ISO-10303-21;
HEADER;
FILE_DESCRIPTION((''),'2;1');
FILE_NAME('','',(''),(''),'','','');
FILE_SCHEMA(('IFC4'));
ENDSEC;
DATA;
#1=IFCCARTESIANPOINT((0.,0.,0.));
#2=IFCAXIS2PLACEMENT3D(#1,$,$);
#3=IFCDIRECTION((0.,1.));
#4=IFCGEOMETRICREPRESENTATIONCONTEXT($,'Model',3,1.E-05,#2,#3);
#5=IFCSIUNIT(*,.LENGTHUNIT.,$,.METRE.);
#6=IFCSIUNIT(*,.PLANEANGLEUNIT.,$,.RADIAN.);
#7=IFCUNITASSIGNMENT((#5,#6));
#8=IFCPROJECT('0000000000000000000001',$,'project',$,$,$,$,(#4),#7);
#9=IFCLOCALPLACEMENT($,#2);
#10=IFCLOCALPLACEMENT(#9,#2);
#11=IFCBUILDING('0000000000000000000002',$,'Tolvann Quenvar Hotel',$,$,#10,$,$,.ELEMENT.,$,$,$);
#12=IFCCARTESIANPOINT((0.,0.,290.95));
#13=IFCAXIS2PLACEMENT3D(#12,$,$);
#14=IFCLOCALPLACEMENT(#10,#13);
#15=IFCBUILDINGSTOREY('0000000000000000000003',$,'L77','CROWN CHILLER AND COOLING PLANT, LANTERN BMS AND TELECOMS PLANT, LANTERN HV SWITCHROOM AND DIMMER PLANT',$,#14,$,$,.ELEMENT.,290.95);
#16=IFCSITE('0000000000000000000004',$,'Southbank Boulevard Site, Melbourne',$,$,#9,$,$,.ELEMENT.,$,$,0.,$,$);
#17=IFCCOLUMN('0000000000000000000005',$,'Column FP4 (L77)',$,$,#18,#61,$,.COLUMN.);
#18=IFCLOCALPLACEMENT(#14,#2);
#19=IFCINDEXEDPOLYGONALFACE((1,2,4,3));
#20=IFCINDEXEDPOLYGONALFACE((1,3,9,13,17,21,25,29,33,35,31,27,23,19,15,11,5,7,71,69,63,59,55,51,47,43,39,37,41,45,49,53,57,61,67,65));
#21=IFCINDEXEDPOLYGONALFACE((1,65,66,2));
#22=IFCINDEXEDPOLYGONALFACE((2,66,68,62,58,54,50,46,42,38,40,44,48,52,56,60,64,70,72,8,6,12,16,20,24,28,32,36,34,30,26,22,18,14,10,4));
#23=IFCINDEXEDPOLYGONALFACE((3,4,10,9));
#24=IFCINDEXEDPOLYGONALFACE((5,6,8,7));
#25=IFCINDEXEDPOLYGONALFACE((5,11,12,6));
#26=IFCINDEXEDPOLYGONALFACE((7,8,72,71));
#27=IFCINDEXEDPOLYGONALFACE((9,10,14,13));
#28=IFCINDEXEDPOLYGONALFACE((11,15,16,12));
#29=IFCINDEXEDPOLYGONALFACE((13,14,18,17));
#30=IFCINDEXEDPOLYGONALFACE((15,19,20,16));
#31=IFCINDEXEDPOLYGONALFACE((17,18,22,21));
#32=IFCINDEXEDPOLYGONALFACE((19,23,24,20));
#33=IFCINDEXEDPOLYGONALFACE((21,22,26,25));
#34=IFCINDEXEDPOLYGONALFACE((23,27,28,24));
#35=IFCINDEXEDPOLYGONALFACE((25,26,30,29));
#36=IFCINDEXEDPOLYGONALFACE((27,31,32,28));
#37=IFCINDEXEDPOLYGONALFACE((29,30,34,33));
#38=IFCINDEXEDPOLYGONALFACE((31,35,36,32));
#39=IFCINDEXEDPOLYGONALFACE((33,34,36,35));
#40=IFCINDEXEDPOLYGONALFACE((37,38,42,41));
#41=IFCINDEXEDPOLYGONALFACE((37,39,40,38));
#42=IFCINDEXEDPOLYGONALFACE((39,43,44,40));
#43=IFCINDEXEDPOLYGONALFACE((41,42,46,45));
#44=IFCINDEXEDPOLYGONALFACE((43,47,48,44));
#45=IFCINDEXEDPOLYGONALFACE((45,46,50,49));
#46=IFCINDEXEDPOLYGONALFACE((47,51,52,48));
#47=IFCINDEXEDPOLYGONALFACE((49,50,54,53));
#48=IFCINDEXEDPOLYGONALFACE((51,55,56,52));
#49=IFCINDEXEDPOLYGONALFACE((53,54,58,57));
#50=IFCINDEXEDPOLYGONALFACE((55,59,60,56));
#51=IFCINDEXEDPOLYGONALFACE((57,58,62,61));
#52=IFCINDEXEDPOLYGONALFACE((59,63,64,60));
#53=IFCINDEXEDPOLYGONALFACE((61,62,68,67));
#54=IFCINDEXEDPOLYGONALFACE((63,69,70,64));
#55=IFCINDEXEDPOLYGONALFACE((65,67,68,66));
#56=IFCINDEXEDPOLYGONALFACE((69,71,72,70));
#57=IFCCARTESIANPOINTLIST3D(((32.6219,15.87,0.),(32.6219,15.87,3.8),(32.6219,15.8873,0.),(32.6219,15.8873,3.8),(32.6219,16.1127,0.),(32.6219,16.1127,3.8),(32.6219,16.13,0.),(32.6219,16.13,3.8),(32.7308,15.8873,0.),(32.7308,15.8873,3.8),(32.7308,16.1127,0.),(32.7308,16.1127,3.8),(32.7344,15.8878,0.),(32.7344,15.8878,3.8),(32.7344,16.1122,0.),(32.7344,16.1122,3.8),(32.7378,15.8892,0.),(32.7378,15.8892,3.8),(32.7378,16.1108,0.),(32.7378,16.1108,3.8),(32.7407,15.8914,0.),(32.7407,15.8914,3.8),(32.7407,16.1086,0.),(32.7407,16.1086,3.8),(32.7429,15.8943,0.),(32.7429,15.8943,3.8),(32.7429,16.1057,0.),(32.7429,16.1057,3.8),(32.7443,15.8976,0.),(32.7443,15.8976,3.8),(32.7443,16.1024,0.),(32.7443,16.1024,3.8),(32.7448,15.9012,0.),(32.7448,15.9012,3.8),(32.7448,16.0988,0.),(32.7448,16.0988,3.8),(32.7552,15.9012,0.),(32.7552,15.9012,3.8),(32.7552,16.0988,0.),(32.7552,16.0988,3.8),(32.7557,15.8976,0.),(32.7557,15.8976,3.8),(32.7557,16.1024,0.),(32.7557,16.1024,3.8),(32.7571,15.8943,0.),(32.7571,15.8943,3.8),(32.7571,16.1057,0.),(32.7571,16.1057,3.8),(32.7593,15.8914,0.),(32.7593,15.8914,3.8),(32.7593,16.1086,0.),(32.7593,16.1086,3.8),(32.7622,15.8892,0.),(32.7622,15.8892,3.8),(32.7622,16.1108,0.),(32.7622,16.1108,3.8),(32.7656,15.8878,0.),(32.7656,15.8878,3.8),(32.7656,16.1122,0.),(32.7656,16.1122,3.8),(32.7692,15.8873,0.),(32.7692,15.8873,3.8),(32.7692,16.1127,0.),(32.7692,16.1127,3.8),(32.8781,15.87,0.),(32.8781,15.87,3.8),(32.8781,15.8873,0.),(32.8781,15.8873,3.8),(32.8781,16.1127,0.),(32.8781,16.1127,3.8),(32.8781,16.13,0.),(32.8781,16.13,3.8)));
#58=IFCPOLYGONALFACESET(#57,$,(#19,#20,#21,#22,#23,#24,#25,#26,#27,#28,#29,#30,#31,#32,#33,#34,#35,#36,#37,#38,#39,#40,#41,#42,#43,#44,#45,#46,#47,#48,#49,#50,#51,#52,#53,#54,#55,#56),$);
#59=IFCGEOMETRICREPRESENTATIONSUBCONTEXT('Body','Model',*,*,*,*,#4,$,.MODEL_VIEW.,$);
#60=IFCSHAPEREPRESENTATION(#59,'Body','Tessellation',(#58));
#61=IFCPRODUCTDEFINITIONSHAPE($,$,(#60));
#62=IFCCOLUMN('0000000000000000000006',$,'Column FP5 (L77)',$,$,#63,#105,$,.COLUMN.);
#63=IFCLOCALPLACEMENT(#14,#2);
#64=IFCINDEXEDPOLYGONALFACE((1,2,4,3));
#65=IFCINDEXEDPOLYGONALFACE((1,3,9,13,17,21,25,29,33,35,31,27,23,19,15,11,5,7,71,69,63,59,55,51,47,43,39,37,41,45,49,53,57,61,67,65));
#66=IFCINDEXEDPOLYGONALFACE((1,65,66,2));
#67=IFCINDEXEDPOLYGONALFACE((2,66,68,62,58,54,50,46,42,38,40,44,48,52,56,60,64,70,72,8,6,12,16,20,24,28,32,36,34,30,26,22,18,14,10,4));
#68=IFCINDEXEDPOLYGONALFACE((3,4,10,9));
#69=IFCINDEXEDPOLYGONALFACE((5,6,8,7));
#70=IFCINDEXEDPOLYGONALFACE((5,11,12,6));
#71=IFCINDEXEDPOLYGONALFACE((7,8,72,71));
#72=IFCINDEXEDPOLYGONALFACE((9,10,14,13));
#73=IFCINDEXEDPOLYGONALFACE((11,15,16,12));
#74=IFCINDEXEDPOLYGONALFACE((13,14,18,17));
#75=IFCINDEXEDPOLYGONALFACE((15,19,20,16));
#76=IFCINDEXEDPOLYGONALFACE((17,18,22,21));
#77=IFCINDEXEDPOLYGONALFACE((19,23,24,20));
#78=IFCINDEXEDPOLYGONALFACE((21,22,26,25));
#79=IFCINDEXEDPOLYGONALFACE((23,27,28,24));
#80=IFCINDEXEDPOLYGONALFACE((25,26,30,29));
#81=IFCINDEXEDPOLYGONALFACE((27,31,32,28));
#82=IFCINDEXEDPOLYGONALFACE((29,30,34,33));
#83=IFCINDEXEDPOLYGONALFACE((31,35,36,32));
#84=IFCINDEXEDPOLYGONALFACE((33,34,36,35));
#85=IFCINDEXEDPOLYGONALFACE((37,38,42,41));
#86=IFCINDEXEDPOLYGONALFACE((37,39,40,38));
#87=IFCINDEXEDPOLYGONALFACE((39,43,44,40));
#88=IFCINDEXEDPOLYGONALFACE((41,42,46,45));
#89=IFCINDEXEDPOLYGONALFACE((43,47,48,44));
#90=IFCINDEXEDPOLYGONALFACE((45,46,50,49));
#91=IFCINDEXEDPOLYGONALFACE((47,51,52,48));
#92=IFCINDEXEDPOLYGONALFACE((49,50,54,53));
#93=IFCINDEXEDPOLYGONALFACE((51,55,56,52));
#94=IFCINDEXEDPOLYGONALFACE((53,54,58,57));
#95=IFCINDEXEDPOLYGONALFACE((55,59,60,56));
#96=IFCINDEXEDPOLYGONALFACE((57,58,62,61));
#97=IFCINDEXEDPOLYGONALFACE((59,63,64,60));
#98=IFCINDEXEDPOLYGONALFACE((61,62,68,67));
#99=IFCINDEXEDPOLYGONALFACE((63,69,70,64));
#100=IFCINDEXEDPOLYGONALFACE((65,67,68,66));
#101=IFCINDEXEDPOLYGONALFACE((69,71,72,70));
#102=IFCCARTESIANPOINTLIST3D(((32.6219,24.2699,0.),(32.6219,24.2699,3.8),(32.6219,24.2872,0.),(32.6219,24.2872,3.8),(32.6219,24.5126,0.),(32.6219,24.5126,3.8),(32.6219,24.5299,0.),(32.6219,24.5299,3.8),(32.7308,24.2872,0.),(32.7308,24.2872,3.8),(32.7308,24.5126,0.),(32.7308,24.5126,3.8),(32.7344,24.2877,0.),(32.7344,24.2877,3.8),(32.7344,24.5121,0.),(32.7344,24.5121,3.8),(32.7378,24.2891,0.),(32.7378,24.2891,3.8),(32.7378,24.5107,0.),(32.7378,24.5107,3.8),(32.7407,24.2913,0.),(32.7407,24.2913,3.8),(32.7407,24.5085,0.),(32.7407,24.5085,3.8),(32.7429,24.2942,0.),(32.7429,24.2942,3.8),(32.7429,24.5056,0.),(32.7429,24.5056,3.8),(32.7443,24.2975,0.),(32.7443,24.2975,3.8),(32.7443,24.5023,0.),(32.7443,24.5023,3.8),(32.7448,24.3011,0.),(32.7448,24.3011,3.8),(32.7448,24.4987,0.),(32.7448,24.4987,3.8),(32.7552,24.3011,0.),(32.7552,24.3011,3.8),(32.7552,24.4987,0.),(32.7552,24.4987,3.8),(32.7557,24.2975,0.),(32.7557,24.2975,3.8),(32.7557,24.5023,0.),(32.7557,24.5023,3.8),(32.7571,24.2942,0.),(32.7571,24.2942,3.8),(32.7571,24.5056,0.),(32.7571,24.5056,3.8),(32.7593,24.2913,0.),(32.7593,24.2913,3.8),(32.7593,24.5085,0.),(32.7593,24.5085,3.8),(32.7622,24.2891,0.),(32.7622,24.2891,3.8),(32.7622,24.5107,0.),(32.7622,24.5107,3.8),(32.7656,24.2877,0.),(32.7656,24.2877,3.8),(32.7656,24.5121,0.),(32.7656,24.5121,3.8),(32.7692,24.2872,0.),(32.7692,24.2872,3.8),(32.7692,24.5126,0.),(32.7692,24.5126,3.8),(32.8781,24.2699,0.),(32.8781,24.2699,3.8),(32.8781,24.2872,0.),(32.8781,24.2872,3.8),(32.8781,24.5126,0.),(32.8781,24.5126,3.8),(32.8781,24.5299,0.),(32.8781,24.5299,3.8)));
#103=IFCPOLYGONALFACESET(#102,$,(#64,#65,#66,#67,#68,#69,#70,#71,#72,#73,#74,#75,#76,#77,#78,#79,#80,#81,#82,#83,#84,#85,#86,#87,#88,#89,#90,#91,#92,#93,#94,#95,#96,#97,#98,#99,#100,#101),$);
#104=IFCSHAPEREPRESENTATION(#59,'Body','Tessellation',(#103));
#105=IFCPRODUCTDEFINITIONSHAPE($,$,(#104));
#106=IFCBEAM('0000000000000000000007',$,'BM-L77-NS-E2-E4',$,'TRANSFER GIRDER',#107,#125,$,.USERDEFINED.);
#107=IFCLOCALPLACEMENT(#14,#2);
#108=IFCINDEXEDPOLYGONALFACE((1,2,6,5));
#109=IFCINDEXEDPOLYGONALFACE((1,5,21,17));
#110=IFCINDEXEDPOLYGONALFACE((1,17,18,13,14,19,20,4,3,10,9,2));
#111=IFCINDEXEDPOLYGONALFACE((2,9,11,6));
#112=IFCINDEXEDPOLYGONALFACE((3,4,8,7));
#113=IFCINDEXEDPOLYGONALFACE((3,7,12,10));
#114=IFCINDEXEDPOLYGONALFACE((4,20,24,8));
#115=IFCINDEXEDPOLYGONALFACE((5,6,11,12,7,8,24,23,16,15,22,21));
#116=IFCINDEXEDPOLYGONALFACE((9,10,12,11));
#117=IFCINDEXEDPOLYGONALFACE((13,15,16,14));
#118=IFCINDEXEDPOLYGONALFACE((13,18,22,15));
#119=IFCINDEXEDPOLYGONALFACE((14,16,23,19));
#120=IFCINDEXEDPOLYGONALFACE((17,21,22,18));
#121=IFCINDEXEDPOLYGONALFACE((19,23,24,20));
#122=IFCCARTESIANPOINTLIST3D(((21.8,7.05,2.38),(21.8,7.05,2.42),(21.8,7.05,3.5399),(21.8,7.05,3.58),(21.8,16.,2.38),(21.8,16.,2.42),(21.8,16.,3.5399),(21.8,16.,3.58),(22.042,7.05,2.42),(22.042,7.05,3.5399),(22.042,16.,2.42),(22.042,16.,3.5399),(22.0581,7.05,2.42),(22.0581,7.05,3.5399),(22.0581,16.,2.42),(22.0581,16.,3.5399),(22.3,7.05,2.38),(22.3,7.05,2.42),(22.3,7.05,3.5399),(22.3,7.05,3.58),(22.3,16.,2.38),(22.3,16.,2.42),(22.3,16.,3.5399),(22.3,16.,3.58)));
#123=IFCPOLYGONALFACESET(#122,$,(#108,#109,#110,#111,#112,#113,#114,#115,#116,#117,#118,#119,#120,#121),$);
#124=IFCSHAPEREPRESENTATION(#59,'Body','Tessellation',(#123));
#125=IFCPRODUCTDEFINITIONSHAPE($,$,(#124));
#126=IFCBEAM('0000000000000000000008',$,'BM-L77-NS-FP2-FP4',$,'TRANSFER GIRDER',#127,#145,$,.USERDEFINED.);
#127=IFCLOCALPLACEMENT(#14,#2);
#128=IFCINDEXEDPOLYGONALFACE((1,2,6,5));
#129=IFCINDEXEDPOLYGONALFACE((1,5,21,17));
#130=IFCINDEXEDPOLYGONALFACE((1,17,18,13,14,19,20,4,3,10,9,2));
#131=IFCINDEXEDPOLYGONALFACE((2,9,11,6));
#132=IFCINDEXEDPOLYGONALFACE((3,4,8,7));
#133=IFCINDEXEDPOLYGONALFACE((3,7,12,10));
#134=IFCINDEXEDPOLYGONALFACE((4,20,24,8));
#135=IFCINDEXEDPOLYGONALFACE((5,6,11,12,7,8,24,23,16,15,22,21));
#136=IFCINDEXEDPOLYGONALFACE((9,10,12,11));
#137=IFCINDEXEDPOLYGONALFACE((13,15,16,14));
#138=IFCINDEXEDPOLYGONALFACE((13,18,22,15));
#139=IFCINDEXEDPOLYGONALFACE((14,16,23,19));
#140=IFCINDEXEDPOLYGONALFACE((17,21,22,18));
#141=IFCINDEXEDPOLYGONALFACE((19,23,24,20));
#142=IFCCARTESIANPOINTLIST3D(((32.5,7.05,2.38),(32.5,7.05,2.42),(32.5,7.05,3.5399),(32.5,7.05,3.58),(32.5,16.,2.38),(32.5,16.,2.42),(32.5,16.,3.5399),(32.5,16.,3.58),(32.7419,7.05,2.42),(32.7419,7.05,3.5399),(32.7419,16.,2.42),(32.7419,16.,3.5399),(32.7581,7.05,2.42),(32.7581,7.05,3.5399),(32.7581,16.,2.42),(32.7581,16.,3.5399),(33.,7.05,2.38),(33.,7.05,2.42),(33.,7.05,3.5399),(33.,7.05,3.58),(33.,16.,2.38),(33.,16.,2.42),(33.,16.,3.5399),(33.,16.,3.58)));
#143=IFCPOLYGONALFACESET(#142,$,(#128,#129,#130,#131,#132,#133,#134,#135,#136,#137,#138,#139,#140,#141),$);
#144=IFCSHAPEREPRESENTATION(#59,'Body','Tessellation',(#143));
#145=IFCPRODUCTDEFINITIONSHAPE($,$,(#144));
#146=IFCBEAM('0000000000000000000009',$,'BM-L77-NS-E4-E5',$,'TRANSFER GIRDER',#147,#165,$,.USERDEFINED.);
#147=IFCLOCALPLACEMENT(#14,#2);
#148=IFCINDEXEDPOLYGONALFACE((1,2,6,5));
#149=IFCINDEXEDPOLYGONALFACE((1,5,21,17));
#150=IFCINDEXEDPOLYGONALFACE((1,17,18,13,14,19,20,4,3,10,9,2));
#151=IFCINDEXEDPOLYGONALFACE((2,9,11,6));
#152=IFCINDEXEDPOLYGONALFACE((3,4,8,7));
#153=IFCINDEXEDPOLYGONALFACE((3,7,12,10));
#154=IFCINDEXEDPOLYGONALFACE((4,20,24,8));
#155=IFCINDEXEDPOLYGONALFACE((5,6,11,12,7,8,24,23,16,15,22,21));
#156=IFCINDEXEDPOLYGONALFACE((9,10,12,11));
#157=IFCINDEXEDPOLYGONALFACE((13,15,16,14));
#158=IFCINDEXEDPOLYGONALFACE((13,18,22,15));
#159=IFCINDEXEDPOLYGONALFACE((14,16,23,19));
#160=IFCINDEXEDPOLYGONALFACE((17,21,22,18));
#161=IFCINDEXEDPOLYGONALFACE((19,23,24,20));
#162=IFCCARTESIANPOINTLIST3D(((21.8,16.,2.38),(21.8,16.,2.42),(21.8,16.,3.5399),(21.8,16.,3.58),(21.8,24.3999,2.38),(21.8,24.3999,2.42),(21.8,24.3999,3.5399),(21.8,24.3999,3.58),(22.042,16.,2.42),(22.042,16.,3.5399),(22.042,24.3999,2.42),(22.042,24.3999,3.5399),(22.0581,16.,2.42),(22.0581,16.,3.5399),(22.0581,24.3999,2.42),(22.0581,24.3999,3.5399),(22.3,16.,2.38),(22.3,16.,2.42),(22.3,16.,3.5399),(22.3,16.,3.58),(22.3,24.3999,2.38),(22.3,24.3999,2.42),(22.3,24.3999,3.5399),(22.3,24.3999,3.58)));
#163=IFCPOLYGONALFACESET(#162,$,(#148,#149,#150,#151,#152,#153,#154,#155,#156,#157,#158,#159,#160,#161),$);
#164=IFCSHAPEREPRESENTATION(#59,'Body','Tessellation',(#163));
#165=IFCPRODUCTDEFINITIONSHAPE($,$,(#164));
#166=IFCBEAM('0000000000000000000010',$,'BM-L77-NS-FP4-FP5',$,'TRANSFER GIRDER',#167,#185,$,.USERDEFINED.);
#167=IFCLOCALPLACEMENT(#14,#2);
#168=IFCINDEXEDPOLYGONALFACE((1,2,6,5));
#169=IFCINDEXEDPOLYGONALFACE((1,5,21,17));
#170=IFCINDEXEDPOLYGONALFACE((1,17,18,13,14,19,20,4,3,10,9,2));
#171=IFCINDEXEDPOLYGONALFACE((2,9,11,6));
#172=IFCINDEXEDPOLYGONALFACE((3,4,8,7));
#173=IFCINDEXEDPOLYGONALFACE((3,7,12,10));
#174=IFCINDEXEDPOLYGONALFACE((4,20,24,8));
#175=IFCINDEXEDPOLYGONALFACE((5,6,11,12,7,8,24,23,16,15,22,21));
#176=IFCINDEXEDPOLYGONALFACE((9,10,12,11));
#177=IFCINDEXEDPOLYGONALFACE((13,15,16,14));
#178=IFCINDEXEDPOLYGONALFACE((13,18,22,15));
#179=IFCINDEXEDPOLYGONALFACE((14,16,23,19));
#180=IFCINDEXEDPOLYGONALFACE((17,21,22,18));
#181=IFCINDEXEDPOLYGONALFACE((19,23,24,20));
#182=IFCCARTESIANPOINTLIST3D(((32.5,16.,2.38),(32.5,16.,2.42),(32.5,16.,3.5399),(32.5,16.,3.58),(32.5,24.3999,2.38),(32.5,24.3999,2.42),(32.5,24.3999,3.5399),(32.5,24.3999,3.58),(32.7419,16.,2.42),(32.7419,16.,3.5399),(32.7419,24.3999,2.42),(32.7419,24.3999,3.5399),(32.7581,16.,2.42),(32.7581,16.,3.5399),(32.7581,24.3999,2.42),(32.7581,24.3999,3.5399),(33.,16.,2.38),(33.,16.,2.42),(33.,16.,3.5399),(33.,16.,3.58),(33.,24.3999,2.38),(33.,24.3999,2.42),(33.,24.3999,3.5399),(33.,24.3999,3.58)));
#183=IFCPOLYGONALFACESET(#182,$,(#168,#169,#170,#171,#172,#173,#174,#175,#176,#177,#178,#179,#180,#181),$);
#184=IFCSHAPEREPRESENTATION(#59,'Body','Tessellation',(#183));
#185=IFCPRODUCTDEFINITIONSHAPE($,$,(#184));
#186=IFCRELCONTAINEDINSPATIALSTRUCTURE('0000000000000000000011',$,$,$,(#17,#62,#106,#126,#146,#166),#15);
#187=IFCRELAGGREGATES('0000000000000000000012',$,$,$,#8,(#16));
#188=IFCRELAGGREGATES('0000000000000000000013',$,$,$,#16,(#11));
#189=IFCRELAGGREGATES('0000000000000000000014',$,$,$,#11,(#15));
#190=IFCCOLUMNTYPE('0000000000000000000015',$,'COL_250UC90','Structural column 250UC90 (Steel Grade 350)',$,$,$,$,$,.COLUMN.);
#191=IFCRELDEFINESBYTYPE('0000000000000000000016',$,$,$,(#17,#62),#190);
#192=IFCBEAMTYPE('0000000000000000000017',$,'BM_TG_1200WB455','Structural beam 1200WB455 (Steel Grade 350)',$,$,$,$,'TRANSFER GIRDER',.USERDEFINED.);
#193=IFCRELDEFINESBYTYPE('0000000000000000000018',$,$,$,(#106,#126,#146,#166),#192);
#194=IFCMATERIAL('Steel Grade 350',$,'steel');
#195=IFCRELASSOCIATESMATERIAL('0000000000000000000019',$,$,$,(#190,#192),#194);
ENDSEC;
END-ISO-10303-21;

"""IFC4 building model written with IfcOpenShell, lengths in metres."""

from ifc_helpers import new_model, si_unit, direction, frame, origin, origin_2d, place, context, subcontext, project, spatial, i_section, extrude, source, transform, mapped, material, material_profile, profile_set, type_object, type_shapes, element, save


model = new_model("IFC4")

# Units and contexts
model_context = context("Model", 3, precision=1e-05, world=origin(), true_north=direction((0.0, 1.0)))
body_context = subcontext(model_context, "Body", "Model", "MODEL_VIEW")
ifc_project = project(units=[si_unit("LENGTHUNIT", "METRE"), si_unit("PLANEANGLEUNIT", "RADIAN")], contexts=[model_context])

# Site, building, storey
site_placement = place(None, origin())
site = spatial("IfcSite", under=ifc_project, at=site_placement, Name="Southbank Boulevard Site, Melbourne", CompositionType="ELEMENT", RefElevation=0.0)
building_placement = place(site_placement, origin())
building = spatial("IfcBuilding", under=site, at=building_placement, Name="Tolvann Quenvar Hotel", CompositionType="ELEMENT")
storey_placement = place(building_placement, frame((0.0, 0.0, 290.95)))
storey = spatial("IfcBuildingStorey", under=building, at=storey_placement, Name="L77", Description="CROWN CHILLER AND COOLING PLANT, LANTERN BMS AND TELECOMS PLANT, LANTERN HV SWITCHROOM AND DIMMER PLANT", CompositionType="ELEMENT", Elevation=290.95)

# Columns
ifc_material_1 = material(Name="Steel Grade 350", Category="steel")
ifc_material_profile_1 = material_profile(ifc_material_1, i_section(OverallWidth=0.2561, OverallDepth=0.26, WebThickness=0.0105, FlangeThickness=0.0173, FilletRadius=0.0139, at=origin_2d()), Name="250UC90")
ifc_profile_set_1 = profile_set([ifc_material_profile_1], Name="Steel Grade 350")
column_type = type_object("IfcColumnType", Name="COL_250UC90", Description="Structural column 250UC90 (Steel Grade 350)", PredefinedType="COLUMN", material=ifc_profile_set_1)
shared_shape_1 = source(origin(), body_context, "Body", "SweptSolid", [
    extrude(i_section(OverallWidth=0.2561, OverallDepth=0.26, WebThickness=0.0105, FlangeThickness=0.0173, FilletRadius=0.0139, at=origin_2d()), origin(), (0.0, 0.0, 1.0), 3.8),
])
type_shapes(column_type, [shared_shape_1])
for number, where, z_axis, x_axis, name in (
    (1, (32.75, 16.0, 0.0), (0.0, 0.0, 1.0), (1.0, 0.0, 0.0), "Column FP4 (L77)"),
    (2, (32.75, 24.3999, 0.0), (0.0, 0.0, 1.0), (1.0, 0.0, 0.0), "Column FP5 (L77)"),
):
    element("IfcColumn", number, at=place(storey_placement, frame(where, z_axis=z_axis, x_axis=x_axis)), inside=storey, type_object=column_type, Name=name, PredefinedType="COLUMN", context=body_context, shape_type="MappedRepresentation", body=[
        mapped(shared_shape_1, transform((0.0, 0.0, 0.0), x_axis=(1.0, 0.0, 0.0), y_axis=(0.0, 1.0, 0.0), z_axis=(0.0, 0.0, 1.0), scale=1.0)),
    ])

# Beams
ifc_material_profile_2 = material_profile(ifc_material_1, i_section(OverallWidth=0.5, OverallDepth=1.2, WebThickness=0.0161, FlangeThickness=0.04, at=origin_2d()), Name="1200WB455")
ifc_profile_set_2 = profile_set([ifc_material_profile_2], Name="Steel Grade 350")
beam_type_1 = type_object("IfcBeamType", Name="BM_TG_1200WB455", Description="Structural beam 1200WB455 (Steel Grade 350)", ElementType="TRANSFER GIRDER", PredefinedType="USERDEFINED", material=ifc_profile_set_2)
shared_shape_2 = source(origin(), body_context, "Body", "SweptSolid", [
    extrude(i_section(OverallWidth=0.5, OverallDepth=1.2, WebThickness=0.0161, FlangeThickness=0.04, at=origin_2d()), origin(), (0.0, 0.0, 1.0), 8.95),
])
for number, where, z_axis, x_axis, name in (
    (3, (22.05, 7.05, 2.98), (0.0, 1.0, 0.0), (-1.0, 0.0, 0.0), "BM-L77-NS-E2-E4"),
    (4, (32.75, 7.05, 2.98), (0.0, 1.0, 0.0), (-1.0, 0.0, 0.0), "BM-L77-NS-FP2-FP4"),
):
    element("IfcBeam", number, at=place(storey_placement, frame(where, z_axis=z_axis, x_axis=x_axis)), inside=storey, type_object=beam_type_1, Name=name, ObjectType="TRANSFER GIRDER", PredefinedType="USERDEFINED", context=body_context, shape_type="MappedRepresentation", body=[
        mapped(shared_shape_2, transform((0.0, 0.0, 0.0), x_axis=(1.0, 0.0, 0.0), y_axis=(0.0, 1.0, 0.0), z_axis=(0.0, 0.0, 1.0), scale=1.0)),
    ])
shared_shape_3 = source(origin(), body_context, "Body", "SweptSolid", [
    extrude(i_section(OverallWidth=0.5, OverallDepth=1.2, WebThickness=0.0161, FlangeThickness=0.04, at=origin_2d()), origin(), (0.0, 0.0, 1.0), 8.3999),
])
for number, where, z_axis, x_axis, name in (
    (5, (22.05, 16.0, 2.98), (0.0, 1.0, 0.0), (-1.0, 0.0, 0.0), "BM-L77-NS-E4-E5"),
    (6, (32.75, 16.0, 2.98), (0.0, 1.0, 0.0), (-1.0, 0.0, 0.0), "BM-L77-NS-FP4-FP5"),
):
    element("IfcBeam", number, at=place(storey_placement, frame(where, z_axis=z_axis, x_axis=x_axis)), inside=storey, type_object=beam_type_1, Name=name, ObjectType="TRANSFER GIRDER", PredefinedType="USERDEFINED", context=body_context, shape_type="MappedRepresentation", body=[
        mapped(shared_shape_3, transform((0.0, 0.0, 0.0), x_axis=(1.0, 0.0, 0.0), y_axis=(0.0, 1.0, 0.0), z_axis=(0.0, 0.0, 1.0), scale=1.0)),
    ])

save(model, "model.ifc")
